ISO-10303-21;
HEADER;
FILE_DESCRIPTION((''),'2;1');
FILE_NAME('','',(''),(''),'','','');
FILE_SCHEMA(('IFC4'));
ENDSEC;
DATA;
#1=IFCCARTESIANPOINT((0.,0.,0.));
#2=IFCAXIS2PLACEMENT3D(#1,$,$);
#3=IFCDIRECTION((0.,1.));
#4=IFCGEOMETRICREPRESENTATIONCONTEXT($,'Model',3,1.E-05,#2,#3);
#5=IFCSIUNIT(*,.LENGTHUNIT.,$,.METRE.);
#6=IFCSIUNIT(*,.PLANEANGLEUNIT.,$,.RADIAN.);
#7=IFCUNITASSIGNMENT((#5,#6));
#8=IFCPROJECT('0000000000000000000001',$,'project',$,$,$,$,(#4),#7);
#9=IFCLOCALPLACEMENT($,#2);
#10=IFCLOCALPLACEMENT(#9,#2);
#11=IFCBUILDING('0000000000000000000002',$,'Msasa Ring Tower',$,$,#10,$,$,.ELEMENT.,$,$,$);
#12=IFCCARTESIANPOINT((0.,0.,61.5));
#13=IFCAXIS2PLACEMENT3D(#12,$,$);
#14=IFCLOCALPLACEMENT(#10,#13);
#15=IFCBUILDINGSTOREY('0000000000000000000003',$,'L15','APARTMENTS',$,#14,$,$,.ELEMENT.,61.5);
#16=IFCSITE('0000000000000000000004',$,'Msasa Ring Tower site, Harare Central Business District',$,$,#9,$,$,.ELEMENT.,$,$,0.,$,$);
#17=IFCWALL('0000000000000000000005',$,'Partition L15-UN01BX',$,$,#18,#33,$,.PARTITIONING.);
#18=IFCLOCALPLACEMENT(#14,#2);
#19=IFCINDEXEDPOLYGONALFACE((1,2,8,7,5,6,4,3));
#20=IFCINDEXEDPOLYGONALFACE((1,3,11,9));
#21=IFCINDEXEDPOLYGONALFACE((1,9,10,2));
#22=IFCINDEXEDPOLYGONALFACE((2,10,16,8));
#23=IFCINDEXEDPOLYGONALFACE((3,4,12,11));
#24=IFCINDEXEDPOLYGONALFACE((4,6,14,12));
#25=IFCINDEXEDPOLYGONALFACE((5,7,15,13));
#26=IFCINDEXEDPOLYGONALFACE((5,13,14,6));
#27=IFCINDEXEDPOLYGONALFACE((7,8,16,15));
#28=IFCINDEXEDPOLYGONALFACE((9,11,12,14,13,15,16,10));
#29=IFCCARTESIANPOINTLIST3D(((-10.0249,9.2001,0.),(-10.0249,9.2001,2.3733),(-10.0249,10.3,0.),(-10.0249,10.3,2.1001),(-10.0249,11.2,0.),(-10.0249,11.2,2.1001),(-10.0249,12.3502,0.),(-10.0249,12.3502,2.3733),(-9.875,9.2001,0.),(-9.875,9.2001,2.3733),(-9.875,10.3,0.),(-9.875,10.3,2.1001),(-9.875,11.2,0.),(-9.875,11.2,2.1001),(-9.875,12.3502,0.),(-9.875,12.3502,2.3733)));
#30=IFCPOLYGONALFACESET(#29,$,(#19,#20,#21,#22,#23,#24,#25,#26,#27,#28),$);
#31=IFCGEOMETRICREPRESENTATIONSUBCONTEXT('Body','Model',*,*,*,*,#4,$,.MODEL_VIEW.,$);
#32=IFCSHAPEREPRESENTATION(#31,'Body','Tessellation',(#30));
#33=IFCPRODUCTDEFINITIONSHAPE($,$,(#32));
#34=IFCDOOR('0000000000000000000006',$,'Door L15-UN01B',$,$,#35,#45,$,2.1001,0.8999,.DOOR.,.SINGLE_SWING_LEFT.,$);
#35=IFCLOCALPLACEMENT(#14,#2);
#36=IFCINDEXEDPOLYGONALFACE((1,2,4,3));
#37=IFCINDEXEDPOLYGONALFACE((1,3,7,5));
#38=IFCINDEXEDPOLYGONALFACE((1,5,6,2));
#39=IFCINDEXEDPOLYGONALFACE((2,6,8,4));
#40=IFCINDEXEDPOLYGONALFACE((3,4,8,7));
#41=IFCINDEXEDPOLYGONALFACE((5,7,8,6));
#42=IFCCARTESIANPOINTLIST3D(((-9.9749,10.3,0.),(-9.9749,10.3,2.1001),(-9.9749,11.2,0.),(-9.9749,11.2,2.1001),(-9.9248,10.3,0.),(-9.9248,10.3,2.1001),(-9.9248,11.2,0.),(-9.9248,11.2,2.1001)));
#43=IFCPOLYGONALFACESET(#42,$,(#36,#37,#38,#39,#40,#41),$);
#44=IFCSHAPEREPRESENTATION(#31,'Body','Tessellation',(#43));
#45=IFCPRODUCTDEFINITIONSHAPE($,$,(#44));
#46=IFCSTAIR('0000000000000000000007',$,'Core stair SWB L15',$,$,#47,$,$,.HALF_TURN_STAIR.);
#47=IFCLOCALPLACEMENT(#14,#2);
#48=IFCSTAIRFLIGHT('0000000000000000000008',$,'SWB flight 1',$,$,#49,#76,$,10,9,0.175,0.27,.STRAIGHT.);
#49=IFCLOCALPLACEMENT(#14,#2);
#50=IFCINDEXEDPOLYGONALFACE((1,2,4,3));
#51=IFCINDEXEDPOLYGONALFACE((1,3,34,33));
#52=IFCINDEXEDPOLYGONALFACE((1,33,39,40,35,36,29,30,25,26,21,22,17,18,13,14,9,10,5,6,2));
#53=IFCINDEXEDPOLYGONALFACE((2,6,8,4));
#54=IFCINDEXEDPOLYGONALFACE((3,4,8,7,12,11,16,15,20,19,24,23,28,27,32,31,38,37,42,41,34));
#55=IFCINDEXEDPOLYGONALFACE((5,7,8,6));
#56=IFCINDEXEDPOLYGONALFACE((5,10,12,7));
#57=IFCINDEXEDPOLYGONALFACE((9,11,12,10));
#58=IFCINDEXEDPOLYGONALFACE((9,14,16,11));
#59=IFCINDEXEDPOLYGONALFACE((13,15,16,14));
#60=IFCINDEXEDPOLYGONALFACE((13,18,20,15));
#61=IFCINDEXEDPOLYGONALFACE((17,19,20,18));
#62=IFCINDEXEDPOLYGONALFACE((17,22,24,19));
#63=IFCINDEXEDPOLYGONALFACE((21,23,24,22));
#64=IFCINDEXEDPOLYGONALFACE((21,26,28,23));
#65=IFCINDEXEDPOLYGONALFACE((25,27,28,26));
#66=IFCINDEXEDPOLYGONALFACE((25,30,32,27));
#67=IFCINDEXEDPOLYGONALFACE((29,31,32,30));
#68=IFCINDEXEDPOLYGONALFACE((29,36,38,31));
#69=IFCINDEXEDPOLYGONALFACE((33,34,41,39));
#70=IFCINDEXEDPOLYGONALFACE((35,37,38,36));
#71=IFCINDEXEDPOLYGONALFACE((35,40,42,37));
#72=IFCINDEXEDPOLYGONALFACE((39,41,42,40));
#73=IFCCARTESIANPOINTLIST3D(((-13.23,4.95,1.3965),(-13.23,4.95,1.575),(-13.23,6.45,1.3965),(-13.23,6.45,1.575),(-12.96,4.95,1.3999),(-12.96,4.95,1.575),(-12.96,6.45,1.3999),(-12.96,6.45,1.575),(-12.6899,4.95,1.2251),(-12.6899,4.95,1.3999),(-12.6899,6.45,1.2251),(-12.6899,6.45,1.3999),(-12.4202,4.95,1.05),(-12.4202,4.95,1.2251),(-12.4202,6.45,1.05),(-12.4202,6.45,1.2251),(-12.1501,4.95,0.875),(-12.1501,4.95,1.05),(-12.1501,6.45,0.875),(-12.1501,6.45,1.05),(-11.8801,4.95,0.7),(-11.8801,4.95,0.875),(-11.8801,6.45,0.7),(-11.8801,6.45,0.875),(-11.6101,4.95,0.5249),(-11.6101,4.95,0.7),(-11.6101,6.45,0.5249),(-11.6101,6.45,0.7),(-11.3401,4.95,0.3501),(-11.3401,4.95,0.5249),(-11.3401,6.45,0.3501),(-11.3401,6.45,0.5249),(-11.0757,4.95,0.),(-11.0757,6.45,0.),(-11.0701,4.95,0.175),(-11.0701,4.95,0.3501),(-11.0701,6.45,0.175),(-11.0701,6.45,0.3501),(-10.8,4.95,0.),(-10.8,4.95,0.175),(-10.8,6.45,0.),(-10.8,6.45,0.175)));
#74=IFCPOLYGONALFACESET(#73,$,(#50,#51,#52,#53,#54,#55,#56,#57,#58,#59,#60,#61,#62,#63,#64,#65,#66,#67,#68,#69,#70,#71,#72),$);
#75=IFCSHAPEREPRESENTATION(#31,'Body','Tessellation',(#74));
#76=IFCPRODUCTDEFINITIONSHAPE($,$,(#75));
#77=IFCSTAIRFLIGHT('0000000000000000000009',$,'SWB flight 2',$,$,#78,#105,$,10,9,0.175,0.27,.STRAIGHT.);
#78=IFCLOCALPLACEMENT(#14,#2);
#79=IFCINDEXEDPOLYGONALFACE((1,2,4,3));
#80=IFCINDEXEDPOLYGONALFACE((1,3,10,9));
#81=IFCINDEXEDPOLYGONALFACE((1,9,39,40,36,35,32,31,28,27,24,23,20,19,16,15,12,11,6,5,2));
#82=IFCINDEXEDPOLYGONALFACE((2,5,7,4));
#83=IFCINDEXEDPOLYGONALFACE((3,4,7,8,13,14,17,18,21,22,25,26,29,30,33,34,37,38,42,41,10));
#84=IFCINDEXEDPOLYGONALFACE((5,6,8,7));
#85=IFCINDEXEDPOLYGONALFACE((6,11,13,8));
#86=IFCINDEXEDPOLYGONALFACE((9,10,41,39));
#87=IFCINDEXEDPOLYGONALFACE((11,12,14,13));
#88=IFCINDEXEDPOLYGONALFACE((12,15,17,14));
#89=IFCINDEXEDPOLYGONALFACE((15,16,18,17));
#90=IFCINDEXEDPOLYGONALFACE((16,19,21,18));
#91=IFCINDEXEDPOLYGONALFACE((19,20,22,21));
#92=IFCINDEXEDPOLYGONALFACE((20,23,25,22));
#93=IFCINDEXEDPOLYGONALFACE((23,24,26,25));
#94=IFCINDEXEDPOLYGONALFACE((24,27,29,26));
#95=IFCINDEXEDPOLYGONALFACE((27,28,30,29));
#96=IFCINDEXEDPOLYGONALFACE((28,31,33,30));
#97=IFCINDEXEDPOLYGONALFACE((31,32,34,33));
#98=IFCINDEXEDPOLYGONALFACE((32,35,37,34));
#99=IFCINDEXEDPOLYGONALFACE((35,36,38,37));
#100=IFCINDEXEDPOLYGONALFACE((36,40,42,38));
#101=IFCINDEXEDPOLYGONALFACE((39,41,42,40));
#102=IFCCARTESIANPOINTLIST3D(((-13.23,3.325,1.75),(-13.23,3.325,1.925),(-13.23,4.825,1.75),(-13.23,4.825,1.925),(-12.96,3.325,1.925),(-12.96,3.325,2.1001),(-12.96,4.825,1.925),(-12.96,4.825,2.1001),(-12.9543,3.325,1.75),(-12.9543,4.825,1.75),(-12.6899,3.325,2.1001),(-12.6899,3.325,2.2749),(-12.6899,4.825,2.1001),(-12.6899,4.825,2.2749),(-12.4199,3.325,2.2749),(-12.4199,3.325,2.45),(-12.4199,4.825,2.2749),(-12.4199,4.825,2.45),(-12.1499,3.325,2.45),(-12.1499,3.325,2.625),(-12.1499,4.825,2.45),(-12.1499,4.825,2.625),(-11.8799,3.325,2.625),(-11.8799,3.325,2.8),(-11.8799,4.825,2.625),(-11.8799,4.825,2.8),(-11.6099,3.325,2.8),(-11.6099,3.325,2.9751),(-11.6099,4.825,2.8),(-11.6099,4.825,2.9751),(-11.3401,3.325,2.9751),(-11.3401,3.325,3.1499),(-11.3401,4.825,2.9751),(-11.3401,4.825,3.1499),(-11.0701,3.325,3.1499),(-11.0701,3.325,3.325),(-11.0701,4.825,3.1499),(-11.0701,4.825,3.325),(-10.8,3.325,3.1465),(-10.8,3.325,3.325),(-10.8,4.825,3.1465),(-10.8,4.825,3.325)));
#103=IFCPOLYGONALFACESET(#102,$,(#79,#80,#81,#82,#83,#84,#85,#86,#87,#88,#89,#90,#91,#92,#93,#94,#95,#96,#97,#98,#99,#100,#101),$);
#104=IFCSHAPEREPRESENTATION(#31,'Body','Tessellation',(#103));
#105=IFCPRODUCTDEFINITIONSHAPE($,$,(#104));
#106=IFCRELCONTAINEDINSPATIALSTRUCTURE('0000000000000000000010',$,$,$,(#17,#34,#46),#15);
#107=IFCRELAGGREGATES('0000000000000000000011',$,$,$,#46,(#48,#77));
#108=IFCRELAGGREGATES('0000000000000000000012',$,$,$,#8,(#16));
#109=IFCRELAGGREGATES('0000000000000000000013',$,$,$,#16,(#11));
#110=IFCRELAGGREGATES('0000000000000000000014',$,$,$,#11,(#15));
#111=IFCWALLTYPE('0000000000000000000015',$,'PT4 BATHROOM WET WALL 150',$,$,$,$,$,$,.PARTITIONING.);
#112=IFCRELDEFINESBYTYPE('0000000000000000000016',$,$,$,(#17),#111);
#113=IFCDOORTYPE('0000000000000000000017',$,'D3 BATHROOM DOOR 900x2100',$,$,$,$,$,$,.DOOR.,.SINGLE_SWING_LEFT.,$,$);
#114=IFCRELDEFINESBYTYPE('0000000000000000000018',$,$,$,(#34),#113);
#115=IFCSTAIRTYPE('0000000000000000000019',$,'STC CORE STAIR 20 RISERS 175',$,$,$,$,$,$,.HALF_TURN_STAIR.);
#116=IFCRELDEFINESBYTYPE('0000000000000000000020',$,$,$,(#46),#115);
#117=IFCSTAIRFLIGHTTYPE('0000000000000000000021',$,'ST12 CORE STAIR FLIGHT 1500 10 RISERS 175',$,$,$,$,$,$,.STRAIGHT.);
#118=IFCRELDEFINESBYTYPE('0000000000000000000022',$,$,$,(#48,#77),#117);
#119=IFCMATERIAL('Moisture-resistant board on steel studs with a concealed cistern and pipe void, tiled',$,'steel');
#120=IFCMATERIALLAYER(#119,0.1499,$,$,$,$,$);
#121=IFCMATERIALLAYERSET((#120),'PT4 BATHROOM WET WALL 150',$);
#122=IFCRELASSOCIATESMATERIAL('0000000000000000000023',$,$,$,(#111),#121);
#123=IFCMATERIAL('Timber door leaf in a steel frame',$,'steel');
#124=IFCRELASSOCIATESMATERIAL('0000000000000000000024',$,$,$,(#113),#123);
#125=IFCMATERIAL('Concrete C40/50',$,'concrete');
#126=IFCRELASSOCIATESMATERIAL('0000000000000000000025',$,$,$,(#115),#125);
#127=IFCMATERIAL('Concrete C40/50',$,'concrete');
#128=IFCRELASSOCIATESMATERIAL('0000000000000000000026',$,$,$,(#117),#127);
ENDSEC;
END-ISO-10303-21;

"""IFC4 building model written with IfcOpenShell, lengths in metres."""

from ifc_helpers import new_model, si_unit, direction, frame, frame_2d, origin, place, context, subcontext, project, spatial, polyline, rectangle, outline, extrude, material, layer, layer_set, type_object, element, fill, aggregate, save


model = new_model("IFC4")

# Units and contexts
model_context = context("Model", 3, precision=1e-05, world=origin(), true_north=direction((0.0, 1.0)))
body_context = subcontext(model_context, "Body", "Model", "MODEL_VIEW")
ifc_project = project(units=[si_unit("LENGTHUNIT", "METRE"), si_unit("PLANEANGLEUNIT", "RADIAN")], contexts=[model_context])

# Site, building, storey
site_placement = place(None, origin())
site = spatial("IfcSite", under=ifc_project, at=site_placement, Name="Msasa Ring Tower site, Harare Central Business District", CompositionType="ELEMENT", RefElevation=0.0)
building_placement = place(site_placement, origin())
building = spatial("IfcBuilding", under=site, at=building_placement, Name="Msasa Ring Tower", CompositionType="ELEMENT")
storey_placement = place(building_placement, frame((0.0, 0.0, 61.5)))
storey = spatial("IfcBuildingStorey", under=building, at=storey_placement, Name="L15", Description="APARTMENTS", CompositionType="ELEMENT", Elevation=61.5)

# Wall, opening, door
ifc_material_1 = material(Name="Moisture-resistant board on steel studs with a concealed cistern and pipe void, tiled", Category="steel")
ifc_layer_1 = layer(ifc_material_1, 0.1499)
ifc_layer_set_1 = layer_set([ifc_layer_1], Name="PT4 BATHROOM WET WALL 150")
wall_type_1 = type_object("IfcWallType", Name="PT4 BATHROOM WET WALL 150", PredefinedType="PARTITIONING", material=ifc_layer_set_1)
ifc_material_2 = material(Name="Timber door leaf in a steel frame", Category="steel")
door_type_1 = type_object("IfcDoorType", Name="D3 BATHROOM DOOR 900x2100", OperationType="SINGLE_SWING_LEFT", PredefinedType="DOOR", material=ifc_material_2)
wall_1_placement = place(storey_placement, frame((-9.95, 9.2, 0.0), z_axis=(0.0, 0.0, 1.0), x_axis=(0.0, 1.0, 0.0)))
wall_1 = element("IfcWall", 1, at=wall_1_placement, inside=storey, type_object=wall_type_1, Name="Partition L15-UN01BX", PredefinedType="PARTITIONING", context=body_context, shape_type="SweptSolid", body=[
    extrude(rectangle(XDim=3.1501, YDim=0.1499, at=frame_2d((1.5752, 0.0))), origin(), (0.0, 0.0, 1.0), 2.3733),
])
opening_1_placement = place(wall_1_placement, frame((1.1001, 0.0, 0.0)))
opening_1 = element("IfcOpeningElement", 2, at=opening_1_placement, cuts=wall_1, PredefinedType="OPENING", context=body_context, shape_type="SweptSolid", body=[
    extrude(rectangle(XDim=0.8999, YDim=2.1001, at=frame_2d((0.45, 1.05))), frame((0.0, 0.085, 0.0), z_axis=(0.0, -1.0, 0.0), x_axis=(1.0, 0.0, 0.0)), (0.0, 0.0, 1.0), 0.1699),
])
door_1_placement = place(opening_1_placement, origin())
door_1 = element("IfcDoor", 3, at=door_1_placement, inside=storey, type_object=door_type_1, Name="Door L15-UN01B", OperationType="SINGLE_SWING_LEFT", OverallHeight=2.1001, OverallWidth=0.8999, PredefinedType="DOOR", context=body_context, shape_type="SweptSolid", body=[
    extrude(rectangle(XDim=0.8999, YDim=2.1001, at=frame_2d((0.45, 1.05))), frame((0.0, 0.0249, 0.0), z_axis=(0.0, -1.0, 0.0), x_axis=(1.0, 0.0, 0.0)), (0.0, 0.0, 1.0), 0.05),
])
fill(opening_1, door_1)

# Stair, stair flights
ifc_material_3 = material(Name="Concrete C40/50", Category="concrete")
stair_type = type_object("IfcStairType", Name="STC CORE STAIR 20 RISERS 175", PredefinedType="HALF_TURN_STAIR", material=ifc_material_3)
stair_placement = place(storey_placement, origin())
stair = element("IfcStair", 4, at=stair_placement, inside=storey, type_object=stair_type, Name="Core stair SWB L15", PredefinedType="HALF_TURN_STAIR")
ifc_material_4 = material(Name="Concrete C40/50", Category="concrete")
stair_flight_type = type_object("IfcStairFlightType", Name="ST12 CORE STAIR FLIGHT 1500 10 RISERS 175", PredefinedType="STRAIGHT", material=ifc_material_4)
stair_flight_1_placement = place(storey_placement, frame((-10.8, 5.7, 0.0), z_axis=(0.0, 0.0, 1.0), x_axis=(-1.0, 0.0, 0.0)))
stair_flight_1 = element("IfcStairFlight", 5, at=stair_flight_1_placement, type_object=stair_flight_type, Name="SWB flight 1", NumberOfRisers=10, NumberOfTreads=9, PredefinedType="STRAIGHT", RiserHeight=0.175, TreadLength=0.27, context=body_context, shape_type="SweptSolid", body=[
    extrude(outline(polyline([(0.0, 0.0), (0.0, 0.175), (0.27, 0.175), (0.27, 0.3501), (0.54, 0.3501), (0.54, 0.5249), (0.8101, 0.5249), (0.8101, 0.7), (1.0801, 0.7), (1.0801, 0.875), (1.3501, 0.875), (1.3501, 1.05), (1.6201, 1.05), (1.6201, 1.2251), (1.8899, 1.2251), (1.8899, 1.3999), (2.1599, 1.3999), (2.1599, 1.575), (2.4299, 1.575), (2.4299, 1.75), (2.4299, 1.3965), (0.2756, 0.0), (0.0, 0.0)])), frame((0.0, 0.75, 0.0), z_axis=(0.0, -1.0, 0.0), x_axis=(1.0, 0.0, 0.0)), (0.0, 0.0, 1.0), 1.5),
])
stair_flight_2_placement = place(storey_placement, frame((-13.23, 4.075, 1.75), z_axis=(0.0, 0.0, 1.0), x_axis=(1.0, 0.0, 0.0)))
stair_flight_2 = element("IfcStairFlight", 6, at=stair_flight_2_placement, type_object=stair_flight_type, Name="SWB flight 2", NumberOfRisers=10, NumberOfTreads=9, PredefinedType="STRAIGHT", RiserHeight=0.175, TreadLength=0.27, context=body_context, shape_type="SweptSolid", body=[
    extrude(outline(polyline([(0.0, 0.0), (0.0, 0.175), (0.27, 0.175), (0.27, 0.3501), (0.54, 0.3501), (0.54, 0.5249), (0.8101, 0.5249), (0.8101, 0.7), (1.0801, 0.7), (1.0801, 0.875), (1.3501, 0.875), (1.3501, 1.05), (1.6201, 1.05), (1.6201, 1.2251), (1.8899, 1.2251), (1.8899, 1.3999), (2.1599, 1.3999), (2.1599, 1.575), (2.4299, 1.575), (2.4299, 1.75), (2.4299, 1.3965), (0.2756, 0.0), (0.0, 0.0)])), frame((0.0, 0.75, 0.0), z_axis=(0.0, -1.0, 0.0), x_axis=(1.0, 0.0, 0.0)), (0.0, 0.0, 1.0), 1.5),
])
aggregate(stair, [stair_flight_1, stair_flight_2])

save(model, "model.ifc")
